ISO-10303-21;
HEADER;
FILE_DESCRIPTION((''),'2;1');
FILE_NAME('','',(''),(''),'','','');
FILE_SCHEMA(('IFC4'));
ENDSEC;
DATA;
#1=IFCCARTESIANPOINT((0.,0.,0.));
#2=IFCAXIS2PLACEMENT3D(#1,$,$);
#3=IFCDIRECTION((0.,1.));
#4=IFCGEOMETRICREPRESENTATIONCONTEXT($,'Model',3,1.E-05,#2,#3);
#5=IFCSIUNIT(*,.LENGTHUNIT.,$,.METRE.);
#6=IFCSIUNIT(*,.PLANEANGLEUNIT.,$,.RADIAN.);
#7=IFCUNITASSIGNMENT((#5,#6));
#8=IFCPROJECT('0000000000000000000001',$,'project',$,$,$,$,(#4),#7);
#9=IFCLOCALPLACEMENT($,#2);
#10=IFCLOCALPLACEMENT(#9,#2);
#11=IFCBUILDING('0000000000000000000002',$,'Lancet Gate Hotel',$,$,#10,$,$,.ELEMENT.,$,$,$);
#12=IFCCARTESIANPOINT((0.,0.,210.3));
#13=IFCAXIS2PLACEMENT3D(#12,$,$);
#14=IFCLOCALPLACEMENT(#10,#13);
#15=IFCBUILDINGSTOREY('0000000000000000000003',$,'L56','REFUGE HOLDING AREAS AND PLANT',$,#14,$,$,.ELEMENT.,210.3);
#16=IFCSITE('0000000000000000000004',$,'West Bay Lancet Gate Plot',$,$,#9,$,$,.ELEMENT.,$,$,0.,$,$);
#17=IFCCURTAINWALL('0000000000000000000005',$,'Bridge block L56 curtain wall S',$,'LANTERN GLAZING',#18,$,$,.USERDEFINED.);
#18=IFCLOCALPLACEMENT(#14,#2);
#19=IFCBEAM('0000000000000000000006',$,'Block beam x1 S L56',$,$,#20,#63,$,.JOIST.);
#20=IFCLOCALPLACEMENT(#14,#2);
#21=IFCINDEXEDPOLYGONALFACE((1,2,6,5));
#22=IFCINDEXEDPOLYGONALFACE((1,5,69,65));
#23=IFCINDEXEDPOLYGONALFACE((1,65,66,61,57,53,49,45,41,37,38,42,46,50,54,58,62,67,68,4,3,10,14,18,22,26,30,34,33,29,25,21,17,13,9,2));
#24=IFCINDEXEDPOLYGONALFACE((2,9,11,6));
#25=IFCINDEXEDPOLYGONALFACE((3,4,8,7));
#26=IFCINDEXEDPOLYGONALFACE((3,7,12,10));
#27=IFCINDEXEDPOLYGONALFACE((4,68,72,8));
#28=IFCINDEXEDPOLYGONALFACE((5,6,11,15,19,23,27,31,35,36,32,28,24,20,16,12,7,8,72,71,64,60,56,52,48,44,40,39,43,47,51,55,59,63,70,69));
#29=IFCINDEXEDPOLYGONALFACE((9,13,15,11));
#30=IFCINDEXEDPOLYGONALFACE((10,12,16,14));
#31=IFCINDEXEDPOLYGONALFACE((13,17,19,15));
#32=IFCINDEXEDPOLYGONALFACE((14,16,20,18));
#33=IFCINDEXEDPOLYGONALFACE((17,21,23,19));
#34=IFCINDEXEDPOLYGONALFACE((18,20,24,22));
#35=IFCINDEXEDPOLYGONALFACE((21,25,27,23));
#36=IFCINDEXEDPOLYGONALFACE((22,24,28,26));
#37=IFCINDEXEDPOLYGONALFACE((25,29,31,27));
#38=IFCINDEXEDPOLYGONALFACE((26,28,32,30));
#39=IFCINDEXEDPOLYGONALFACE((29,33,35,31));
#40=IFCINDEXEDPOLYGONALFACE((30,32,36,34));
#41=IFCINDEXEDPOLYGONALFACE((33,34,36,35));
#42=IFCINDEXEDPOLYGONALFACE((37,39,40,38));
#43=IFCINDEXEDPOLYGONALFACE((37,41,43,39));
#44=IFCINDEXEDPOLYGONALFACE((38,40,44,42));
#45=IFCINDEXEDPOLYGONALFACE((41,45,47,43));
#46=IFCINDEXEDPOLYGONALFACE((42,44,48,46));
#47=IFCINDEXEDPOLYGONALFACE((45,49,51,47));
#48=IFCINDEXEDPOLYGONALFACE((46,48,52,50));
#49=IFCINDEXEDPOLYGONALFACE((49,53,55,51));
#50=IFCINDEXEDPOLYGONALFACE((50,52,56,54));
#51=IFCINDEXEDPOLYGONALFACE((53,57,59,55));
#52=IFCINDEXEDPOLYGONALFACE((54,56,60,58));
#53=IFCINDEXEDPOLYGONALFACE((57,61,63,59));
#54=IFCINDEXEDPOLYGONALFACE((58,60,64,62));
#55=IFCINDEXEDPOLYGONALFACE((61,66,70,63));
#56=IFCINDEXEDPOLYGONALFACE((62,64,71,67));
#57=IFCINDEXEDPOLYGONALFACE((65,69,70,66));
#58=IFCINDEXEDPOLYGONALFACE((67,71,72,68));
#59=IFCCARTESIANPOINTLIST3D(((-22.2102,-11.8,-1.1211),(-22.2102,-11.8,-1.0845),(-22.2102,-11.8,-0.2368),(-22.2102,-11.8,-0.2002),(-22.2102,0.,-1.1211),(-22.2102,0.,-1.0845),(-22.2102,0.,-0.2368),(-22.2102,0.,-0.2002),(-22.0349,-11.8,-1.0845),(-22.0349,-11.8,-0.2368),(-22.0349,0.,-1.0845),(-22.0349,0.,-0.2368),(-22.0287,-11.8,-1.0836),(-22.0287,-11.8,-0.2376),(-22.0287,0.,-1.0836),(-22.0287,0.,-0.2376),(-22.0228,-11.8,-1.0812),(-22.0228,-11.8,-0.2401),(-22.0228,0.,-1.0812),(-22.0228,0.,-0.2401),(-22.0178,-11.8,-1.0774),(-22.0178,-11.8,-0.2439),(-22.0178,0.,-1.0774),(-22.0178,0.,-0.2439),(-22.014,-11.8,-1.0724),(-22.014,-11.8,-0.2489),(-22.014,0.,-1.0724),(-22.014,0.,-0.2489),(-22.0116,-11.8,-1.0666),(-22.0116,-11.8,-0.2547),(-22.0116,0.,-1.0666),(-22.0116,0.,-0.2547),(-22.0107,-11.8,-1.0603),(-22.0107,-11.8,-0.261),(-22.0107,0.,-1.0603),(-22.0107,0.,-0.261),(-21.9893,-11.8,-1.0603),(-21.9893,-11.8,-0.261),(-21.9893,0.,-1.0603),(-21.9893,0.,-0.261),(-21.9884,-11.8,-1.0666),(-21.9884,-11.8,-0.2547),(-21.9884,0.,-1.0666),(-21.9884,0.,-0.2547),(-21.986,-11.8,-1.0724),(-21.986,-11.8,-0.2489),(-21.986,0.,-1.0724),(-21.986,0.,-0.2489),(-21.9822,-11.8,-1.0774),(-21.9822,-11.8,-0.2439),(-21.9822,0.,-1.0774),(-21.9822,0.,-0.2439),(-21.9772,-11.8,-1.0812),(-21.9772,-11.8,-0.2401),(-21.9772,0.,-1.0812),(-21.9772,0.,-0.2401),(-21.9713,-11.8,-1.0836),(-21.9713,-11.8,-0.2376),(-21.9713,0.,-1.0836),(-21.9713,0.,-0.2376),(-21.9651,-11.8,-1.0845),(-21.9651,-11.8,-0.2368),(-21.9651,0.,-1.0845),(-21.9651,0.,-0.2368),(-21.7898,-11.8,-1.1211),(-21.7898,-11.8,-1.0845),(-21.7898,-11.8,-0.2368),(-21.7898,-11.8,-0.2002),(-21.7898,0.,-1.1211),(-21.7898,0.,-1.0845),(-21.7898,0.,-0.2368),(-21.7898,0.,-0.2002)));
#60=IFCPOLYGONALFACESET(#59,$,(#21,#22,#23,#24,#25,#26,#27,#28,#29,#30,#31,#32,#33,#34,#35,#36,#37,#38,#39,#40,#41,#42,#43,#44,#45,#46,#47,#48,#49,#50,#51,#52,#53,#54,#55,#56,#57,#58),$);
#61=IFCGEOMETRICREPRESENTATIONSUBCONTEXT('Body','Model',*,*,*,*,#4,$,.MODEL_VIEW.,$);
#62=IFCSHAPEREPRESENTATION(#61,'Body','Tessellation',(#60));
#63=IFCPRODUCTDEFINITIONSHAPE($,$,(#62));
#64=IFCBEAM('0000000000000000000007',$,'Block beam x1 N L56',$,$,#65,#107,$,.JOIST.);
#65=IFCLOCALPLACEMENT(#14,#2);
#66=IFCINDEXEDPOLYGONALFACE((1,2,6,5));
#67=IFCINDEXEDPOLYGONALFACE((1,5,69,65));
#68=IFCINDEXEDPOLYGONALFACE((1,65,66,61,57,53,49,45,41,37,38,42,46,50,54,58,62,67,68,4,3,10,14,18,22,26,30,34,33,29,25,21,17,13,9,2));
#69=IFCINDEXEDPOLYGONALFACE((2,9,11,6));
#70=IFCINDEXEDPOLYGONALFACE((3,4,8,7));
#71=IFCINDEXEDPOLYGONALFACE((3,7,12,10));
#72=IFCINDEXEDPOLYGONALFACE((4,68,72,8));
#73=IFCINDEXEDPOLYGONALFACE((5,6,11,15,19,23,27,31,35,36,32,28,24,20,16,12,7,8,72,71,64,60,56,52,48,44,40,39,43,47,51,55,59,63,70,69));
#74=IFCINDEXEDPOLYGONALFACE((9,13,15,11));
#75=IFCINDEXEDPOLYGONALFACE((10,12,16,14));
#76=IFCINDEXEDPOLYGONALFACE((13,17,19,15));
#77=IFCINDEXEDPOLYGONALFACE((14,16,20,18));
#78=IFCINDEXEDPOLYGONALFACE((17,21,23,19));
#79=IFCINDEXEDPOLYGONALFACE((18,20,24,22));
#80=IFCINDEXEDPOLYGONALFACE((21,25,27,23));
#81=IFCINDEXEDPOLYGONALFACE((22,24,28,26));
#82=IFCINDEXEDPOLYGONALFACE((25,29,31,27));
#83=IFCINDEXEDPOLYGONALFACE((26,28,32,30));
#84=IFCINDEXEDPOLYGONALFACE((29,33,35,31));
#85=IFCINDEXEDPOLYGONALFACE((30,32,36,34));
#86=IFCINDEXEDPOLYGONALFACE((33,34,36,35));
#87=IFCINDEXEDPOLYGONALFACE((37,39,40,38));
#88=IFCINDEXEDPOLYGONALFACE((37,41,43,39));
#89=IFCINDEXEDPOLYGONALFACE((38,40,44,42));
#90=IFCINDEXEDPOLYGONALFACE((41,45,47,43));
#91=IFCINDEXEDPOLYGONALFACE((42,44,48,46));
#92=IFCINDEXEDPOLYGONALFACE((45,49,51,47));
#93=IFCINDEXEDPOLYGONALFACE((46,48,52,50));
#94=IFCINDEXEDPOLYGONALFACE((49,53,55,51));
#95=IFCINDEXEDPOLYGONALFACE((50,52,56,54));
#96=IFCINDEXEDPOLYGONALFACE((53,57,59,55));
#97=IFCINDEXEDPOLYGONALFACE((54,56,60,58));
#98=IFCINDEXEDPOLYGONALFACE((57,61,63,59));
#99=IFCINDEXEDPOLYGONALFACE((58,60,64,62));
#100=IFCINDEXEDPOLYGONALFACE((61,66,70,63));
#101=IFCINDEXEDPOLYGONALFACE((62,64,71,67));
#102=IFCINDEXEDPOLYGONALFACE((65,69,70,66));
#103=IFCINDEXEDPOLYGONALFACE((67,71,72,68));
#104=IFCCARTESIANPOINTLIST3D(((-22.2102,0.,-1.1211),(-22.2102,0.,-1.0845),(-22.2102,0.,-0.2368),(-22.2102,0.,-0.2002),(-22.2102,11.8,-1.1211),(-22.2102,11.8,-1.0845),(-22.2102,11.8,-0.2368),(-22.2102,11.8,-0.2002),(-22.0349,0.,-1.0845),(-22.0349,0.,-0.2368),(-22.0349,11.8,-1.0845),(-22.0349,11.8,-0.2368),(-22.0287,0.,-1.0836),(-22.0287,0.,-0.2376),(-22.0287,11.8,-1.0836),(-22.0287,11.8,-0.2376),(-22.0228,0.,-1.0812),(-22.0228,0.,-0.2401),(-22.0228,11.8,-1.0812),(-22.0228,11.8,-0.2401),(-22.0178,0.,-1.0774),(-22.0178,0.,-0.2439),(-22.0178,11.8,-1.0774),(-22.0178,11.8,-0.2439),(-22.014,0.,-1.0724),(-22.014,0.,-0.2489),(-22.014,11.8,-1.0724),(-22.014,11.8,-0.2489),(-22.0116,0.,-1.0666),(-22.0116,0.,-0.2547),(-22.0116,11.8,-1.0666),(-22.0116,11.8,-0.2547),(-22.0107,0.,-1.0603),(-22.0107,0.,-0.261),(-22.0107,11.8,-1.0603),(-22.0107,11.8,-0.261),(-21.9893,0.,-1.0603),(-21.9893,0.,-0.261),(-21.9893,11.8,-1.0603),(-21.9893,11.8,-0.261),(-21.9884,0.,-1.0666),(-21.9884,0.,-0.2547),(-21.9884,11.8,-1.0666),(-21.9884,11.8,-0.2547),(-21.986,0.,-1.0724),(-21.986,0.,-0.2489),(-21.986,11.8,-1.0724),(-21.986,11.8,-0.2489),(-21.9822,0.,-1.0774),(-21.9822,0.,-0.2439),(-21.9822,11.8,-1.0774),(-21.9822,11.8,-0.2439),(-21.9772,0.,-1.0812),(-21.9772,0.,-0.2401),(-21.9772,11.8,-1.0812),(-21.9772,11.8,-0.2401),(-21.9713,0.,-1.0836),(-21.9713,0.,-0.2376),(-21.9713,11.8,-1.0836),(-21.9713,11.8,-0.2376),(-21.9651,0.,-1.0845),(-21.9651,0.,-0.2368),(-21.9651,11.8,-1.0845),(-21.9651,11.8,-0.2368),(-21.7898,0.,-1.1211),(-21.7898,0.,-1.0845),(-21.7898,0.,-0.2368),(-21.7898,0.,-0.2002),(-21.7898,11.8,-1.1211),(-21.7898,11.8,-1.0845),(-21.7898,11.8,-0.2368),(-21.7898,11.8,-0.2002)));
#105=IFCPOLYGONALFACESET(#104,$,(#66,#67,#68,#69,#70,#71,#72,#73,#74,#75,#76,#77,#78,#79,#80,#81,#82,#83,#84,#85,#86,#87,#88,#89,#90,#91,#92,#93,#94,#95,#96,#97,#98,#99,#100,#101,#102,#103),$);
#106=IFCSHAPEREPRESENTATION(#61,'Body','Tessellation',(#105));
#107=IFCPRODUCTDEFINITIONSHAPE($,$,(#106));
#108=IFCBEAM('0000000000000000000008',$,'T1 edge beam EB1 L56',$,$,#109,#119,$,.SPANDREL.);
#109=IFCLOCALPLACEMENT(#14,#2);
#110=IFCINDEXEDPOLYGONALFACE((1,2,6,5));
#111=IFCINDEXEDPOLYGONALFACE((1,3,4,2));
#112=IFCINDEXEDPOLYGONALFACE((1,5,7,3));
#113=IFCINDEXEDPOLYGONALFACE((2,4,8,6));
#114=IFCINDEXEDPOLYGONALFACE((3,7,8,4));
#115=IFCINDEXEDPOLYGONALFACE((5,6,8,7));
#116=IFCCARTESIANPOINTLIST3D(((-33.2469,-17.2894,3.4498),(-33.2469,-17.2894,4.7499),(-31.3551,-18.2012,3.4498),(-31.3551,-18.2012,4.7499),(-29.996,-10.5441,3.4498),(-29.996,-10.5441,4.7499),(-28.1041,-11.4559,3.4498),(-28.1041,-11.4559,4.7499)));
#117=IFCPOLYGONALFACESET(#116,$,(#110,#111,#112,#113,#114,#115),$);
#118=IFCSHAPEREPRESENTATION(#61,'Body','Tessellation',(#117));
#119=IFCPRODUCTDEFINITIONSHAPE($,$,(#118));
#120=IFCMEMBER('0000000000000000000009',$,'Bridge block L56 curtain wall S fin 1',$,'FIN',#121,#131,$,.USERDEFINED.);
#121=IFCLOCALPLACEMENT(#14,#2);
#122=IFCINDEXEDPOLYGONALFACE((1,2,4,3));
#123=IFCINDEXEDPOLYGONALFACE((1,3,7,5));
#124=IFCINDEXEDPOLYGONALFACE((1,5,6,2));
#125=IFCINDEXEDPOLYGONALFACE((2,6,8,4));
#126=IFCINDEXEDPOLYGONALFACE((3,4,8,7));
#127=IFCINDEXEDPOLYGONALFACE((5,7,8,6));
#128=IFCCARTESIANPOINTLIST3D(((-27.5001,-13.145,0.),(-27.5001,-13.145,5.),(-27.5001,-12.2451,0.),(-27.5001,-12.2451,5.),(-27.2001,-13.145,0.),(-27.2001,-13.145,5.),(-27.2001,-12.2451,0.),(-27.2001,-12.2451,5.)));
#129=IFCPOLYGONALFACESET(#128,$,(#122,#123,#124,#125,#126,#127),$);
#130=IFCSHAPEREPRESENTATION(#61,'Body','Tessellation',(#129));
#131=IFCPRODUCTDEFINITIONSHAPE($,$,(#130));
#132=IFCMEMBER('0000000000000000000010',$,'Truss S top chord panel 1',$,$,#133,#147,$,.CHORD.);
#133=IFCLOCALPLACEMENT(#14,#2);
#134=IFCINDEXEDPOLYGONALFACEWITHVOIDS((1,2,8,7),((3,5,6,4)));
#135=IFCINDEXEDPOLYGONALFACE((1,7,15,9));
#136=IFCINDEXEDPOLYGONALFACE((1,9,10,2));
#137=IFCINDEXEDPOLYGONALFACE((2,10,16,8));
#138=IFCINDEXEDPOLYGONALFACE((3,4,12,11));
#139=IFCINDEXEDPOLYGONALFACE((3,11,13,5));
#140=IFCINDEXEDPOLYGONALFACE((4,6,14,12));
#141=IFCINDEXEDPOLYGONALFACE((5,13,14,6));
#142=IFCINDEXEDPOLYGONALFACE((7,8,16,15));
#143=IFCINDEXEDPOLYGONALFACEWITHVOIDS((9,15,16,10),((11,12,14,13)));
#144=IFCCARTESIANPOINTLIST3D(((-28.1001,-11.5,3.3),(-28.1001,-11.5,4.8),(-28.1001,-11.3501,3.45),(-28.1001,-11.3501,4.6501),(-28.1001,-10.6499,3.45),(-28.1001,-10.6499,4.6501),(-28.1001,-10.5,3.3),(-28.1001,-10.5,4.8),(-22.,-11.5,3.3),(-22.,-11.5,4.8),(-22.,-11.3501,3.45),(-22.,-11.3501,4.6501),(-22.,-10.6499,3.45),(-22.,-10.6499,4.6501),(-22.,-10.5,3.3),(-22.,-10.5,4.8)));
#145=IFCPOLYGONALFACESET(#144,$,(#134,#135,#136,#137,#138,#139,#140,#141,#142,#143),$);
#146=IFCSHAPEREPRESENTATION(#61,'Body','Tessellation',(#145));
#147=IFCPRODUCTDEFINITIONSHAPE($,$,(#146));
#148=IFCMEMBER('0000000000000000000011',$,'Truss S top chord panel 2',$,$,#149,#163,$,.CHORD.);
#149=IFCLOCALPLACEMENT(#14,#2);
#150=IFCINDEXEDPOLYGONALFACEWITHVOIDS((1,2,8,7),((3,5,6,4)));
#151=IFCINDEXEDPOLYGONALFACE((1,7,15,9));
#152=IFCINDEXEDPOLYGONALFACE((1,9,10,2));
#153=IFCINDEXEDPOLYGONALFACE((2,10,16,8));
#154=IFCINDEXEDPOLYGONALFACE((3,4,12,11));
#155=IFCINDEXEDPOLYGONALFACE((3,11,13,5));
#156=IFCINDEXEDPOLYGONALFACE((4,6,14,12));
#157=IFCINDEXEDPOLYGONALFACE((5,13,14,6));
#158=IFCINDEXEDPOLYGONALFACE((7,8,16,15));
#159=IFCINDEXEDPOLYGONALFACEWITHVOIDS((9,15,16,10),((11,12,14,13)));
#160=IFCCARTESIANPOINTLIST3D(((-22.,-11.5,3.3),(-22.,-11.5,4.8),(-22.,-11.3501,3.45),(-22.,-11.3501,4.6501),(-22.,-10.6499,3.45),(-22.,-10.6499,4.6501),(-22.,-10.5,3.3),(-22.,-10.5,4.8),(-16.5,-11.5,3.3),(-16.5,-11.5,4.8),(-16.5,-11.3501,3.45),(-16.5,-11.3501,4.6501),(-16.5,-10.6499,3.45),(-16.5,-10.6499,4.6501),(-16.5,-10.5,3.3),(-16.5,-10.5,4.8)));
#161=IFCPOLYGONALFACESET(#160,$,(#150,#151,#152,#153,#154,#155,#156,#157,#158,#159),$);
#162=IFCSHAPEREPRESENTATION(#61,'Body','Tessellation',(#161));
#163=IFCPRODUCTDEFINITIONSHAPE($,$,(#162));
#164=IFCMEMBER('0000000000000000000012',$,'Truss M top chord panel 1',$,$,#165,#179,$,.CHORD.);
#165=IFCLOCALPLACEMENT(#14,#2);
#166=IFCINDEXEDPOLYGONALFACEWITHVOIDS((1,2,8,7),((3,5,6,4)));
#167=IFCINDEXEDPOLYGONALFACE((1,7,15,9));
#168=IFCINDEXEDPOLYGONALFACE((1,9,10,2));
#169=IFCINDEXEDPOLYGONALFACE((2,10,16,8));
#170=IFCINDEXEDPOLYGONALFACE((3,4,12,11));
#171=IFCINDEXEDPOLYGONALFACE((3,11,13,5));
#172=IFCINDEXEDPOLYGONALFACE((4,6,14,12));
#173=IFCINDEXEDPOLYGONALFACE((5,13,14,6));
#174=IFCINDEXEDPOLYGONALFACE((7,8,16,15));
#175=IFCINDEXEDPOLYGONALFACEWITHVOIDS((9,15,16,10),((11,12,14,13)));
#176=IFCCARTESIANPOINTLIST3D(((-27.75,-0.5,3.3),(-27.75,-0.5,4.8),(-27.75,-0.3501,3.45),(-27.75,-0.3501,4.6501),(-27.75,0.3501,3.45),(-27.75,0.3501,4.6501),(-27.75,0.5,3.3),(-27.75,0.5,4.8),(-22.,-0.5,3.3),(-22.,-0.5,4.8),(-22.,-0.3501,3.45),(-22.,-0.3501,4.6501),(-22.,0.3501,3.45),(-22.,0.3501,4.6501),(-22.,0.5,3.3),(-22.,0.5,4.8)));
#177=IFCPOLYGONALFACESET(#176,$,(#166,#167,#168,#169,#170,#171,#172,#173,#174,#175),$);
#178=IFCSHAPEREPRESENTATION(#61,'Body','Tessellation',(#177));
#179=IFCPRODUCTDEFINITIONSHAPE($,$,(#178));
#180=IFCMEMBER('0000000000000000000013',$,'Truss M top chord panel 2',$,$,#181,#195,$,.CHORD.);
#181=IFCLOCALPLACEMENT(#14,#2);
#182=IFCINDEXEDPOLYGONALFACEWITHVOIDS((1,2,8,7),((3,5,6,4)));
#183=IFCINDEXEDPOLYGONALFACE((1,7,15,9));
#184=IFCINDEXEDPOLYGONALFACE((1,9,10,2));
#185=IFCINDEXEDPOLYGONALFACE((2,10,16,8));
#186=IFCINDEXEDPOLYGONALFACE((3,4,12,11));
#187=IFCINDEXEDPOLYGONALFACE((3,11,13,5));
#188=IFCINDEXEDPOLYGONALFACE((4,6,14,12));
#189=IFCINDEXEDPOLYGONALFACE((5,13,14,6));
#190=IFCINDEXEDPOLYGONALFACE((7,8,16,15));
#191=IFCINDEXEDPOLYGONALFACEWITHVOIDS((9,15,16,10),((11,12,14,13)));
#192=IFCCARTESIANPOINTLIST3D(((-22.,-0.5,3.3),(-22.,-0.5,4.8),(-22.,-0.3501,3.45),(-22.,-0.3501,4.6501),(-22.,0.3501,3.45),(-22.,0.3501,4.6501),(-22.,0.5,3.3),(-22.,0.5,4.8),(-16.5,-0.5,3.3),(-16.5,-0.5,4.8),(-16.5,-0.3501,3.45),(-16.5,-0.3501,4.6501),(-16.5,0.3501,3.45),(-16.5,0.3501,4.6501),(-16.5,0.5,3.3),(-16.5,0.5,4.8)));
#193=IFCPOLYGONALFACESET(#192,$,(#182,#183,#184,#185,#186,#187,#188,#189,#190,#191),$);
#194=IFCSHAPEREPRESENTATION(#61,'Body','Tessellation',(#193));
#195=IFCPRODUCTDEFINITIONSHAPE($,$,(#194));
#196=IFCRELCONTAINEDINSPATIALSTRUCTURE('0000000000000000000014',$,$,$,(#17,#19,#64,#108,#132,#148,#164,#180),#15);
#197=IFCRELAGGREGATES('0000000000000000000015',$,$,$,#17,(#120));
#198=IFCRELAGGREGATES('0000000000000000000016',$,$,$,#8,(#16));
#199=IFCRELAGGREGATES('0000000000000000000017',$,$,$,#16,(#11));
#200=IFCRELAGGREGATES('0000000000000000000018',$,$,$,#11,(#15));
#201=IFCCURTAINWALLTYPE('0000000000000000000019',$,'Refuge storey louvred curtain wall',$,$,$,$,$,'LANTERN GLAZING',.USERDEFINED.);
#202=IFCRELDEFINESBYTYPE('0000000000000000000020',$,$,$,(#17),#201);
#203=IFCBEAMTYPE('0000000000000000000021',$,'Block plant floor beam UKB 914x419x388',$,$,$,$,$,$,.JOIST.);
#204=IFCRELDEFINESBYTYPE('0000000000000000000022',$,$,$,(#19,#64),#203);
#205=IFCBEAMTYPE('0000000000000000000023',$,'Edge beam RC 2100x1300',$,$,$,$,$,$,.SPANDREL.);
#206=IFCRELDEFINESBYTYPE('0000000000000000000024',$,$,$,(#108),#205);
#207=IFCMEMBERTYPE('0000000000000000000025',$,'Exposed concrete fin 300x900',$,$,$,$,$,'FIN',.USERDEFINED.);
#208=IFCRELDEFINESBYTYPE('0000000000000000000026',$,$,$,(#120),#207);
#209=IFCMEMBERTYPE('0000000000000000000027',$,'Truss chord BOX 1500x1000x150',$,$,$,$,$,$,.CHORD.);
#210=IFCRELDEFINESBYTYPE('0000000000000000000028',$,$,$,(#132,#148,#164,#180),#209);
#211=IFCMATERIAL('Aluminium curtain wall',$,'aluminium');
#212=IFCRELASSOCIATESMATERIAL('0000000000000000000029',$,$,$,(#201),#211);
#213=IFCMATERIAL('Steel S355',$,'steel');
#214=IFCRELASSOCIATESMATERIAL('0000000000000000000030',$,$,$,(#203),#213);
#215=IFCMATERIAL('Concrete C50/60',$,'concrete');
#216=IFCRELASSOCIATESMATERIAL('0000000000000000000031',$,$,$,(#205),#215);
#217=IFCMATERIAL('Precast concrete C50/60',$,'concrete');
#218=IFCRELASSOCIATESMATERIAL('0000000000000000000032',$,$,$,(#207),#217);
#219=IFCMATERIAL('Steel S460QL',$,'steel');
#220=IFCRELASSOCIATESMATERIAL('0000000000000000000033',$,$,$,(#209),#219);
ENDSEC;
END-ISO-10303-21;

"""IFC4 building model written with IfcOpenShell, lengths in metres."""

from ifc_helpers import new_model, si_unit, direction, frame, origin, origin_2d, place, context, subcontext, project, spatial, rectangle, hollow_rectangle, i_section, extrude, material, material_profile, profile_set, type_object, element, aggregate, save


model = new_model("IFC4")

# Units and contexts
model_context = context("Model", 3, precision=1e-05, world=origin(), true_north=direction((0.0, 1.0)))
body_context = subcontext(model_context, "Body", "Model", "MODEL_VIEW")
ifc_project = project(units=[si_unit("LENGTHUNIT", "METRE"), si_unit("PLANEANGLEUNIT", "RADIAN")], contexts=[model_context])

# Site, building, storey
site_placement = place(None, origin())
site = spatial("IfcSite", under=ifc_project, at=site_placement, Name="West Bay Lancet Gate Plot", CompositionType="ELEMENT", RefElevation=0.0)
building_placement = place(site_placement, origin())
building = spatial("IfcBuilding", under=site, at=building_placement, Name="Lancet Gate Hotel", CompositionType="ELEMENT")
storey_placement = place(building_placement, frame((0.0, 0.0, 210.3)))
storey = spatial("IfcBuildingStorey", under=building, at=storey_placement, Name="L56", Description="REFUGE HOLDING AREAS AND PLANT", CompositionType="ELEMENT", Elevation=210.3)

# Curtain wall
ifc_material_1 = material(Name="Aluminium curtain wall", Category="aluminium")
curtain_wall_type = type_object("IfcCurtainWallType", Name="Refuge storey louvred curtain wall", ElementType="LANTERN GLAZING", PredefinedType="USERDEFINED", material=ifc_material_1)
curtain_wall_1_placement = place(storey_placement, origin())
curtain_wall_1 = element("IfcCurtainWall", 1, at=curtain_wall_1_placement, inside=storey, type_object=curtain_wall_type, Name="Bridge block L56 curtain wall S", ObjectType="LANTERN GLAZING", PredefinedType="USERDEFINED")

# Beams
ifc_material_2 = material(Name="Steel S355", Category="steel")
ifc_material_profile_1 = material_profile(ifc_material_2, i_section(OverallWidth=0.4204, OverallDepth=0.9209, WebThickness=0.0215, FlangeThickness=0.0366, FilletRadius=0.0242, at=origin_2d()), Name="UKB 914x419x388")
ifc_profile_set_1 = profile_set([ifc_material_profile_1], Name="Steel S355")
beam_type_1 = type_object("IfcBeamType", Name="Block plant floor beam UKB 914x419x388", PredefinedType="JOIST", material=ifc_profile_set_1)
for number, where, z_axis, x_axis, name in (
    (2, (-22.0, -11.8, -0.6606), (0.0, 1.0, 0.0), (-1.0, 0.0, 0.0), "Block beam x1 S L56"),
    (3, (-22.0, 0.0, -0.6606), (0.0, 1.0, 0.0), (-1.0, 0.0, 0.0), "Block beam x1 N L56"),
):
    element("IfcBeam", number, at=place(storey_placement, frame(where, z_axis=z_axis, x_axis=x_axis)), inside=storey, type_object=beam_type_1, Name=name, PredefinedType="JOIST", context=body_context, shape_type="SweptSolid", body=[
        extrude(i_section(OverallWidth=0.4204, OverallDepth=0.9209, WebThickness=0.0215, FlangeThickness=0.0366, FilletRadius=0.0242, at=origin_2d()), origin(), (0.0, 0.0, 1.0), 11.8),
    ])
ifc_material_3 = material(Name="Concrete C50/60", Category="concrete")
ifc_material_profile_2 = material_profile(ifc_material_3, rectangle(XDim=2.1001, YDim=1.3, at=origin_2d()), Name="RC 2100x1300")
ifc_profile_set_2 = profile_set([ifc_material_profile_2], Name="Concrete C50/60")
beam_type_2 = type_object("IfcBeamType", Name="Edge beam RC 2100x1300", PredefinedType="SPANDREL", material=ifc_profile_set_2)
beam_1_placement = place(storey_placement, frame((-29.05, -11.0, 4.0999), z_axis=(-0.434164, -0.900834, 0.0), x_axis=(0.900834, -0.434164, 0.0)))
element("IfcBeam", 4, at=beam_1_placement, inside=storey, type_object=beam_type_2, Name="T1 edge beam EB1 L56", PredefinedType="SPANDREL", context=body_context, shape_type="SweptSolid", body=[
    extrude(rectangle(XDim=2.1001, YDim=1.3, at=origin_2d()), origin(), (0.0, 0.0, 1.0), 7.4878),
])

# Member
ifc_material_4 = material(Name="Precast concrete C50/60", Category="concrete")
ifc_material_profile_3 = material_profile(ifc_material_4, rectangle(XDim=0.3, YDim=0.8999, at=origin_2d()), Name="FIN 300x900")
ifc_profile_set_3 = profile_set([ifc_material_profile_3], Name="Precast concrete C50/60")
member_type_1 = type_object("IfcMemberType", Name="Exposed concrete fin 300x900", ElementType="FIN", PredefinedType="USERDEFINED", material=ifc_profile_set_3)
member_1_placement = place(storey_placement, frame((-27.3501, -12.6951, 0.0), z_axis=(0.0, 0.0, 1.0), x_axis=(1.0, 0.0, 0.0)))
member_1 = element("IfcMember", 5, at=member_1_placement, type_object=member_type_1, Name="Bridge block L56 curtain wall S fin 1", ObjectType="FIN", PredefinedType="USERDEFINED", context=body_context, shape_type="SweptSolid", body=[
    extrude(rectangle(XDim=0.3, YDim=0.8999, at=origin_2d()), origin(), (0.0, 0.0, 1.0), 5.0),
])

# Members
ifc_material_5 = material(Name="Steel S460QL", Category="steel")
ifc_material_profile_4 = material_profile(ifc_material_5, hollow_rectangle(XDim=1.0, YDim=1.5, WallThickness=0.1499, at=origin_2d()), Name="BOX 1500x1000x150")
ifc_profile_set_4 = profile_set([ifc_material_profile_4], Name="Steel S460QL")
member_type_2 = type_object("IfcMemberType", Name="Truss chord BOX 1500x1000x150", PredefinedType="CHORD", material=ifc_profile_set_4)
member_2_placement = place(storey_placement, frame((-28.1001, -11.0, 4.05), z_axis=(1.0, 0.0, 0.0), x_axis=(0.0, 1.0, 0.0)))
element("IfcMember", 6, at=member_2_placement, inside=storey, type_object=member_type_2, Name="Truss S top chord panel 1", PredefinedType="CHORD", context=body_context, shape_type="SweptSolid", body=[
    extrude(hollow_rectangle(XDim=1.0, YDim=1.5, WallThickness=0.1499, at=origin_2d()), origin(), (0.0, 0.0, 1.0), 6.1001),
])
member_3_placement = place(storey_placement, frame((-22.0, -11.0, 4.05), z_axis=(1.0, 0.0, 0.0), x_axis=(0.0, 1.0, 0.0)))
element("IfcMember", 7, at=member_3_placement, inside=storey, type_object=member_type_2, Name="Truss S top chord panel 2", PredefinedType="CHORD", context=body_context, shape_type="SweptSolid", body=[
    extrude(hollow_rectangle(XDim=1.0, YDim=1.5, WallThickness=0.1499, at=origin_2d()), origin(), (0.0, 0.0, 1.0), 5.5),
])
member_4_placement = place(storey_placement, frame((-27.75, 0.0, 4.05), z_axis=(1.0, 0.0, 0.0), x_axis=(0.0, 1.0, 0.0)))
element("IfcMember", 8, at=member_4_placement, inside=storey, type_object=member_type_2, Name="Truss M top chord panel 1", PredefinedType="CHORD", context=body_context, shape_type="SweptSolid", body=[
    extrude(hollow_rectangle(XDim=1.0, YDim=1.5, WallThickness=0.1499, at=origin_2d()), origin(), (0.0, 0.0, 1.0), 5.75),
])
member_5_placement = place(storey_placement, frame((-22.0, 0.0, 4.05), z_axis=(1.0, 0.0, 0.0), x_axis=(0.0, 1.0, 0.0)))
element("IfcMember", 9, at=member_5_placement, inside=storey, type_object=member_type_2, Name="Truss M top chord panel 2", PredefinedType="CHORD", context=body_context, shape_type="SweptSolid", body=[
    extrude(hollow_rectangle(XDim=1.0, YDim=1.5, WallThickness=0.1499, at=origin_2d()), origin(), (0.0, 0.0, 1.0), 5.5),
])

aggregate(curtain_wall_1, [member_1])

save(model, "model.ifc")
